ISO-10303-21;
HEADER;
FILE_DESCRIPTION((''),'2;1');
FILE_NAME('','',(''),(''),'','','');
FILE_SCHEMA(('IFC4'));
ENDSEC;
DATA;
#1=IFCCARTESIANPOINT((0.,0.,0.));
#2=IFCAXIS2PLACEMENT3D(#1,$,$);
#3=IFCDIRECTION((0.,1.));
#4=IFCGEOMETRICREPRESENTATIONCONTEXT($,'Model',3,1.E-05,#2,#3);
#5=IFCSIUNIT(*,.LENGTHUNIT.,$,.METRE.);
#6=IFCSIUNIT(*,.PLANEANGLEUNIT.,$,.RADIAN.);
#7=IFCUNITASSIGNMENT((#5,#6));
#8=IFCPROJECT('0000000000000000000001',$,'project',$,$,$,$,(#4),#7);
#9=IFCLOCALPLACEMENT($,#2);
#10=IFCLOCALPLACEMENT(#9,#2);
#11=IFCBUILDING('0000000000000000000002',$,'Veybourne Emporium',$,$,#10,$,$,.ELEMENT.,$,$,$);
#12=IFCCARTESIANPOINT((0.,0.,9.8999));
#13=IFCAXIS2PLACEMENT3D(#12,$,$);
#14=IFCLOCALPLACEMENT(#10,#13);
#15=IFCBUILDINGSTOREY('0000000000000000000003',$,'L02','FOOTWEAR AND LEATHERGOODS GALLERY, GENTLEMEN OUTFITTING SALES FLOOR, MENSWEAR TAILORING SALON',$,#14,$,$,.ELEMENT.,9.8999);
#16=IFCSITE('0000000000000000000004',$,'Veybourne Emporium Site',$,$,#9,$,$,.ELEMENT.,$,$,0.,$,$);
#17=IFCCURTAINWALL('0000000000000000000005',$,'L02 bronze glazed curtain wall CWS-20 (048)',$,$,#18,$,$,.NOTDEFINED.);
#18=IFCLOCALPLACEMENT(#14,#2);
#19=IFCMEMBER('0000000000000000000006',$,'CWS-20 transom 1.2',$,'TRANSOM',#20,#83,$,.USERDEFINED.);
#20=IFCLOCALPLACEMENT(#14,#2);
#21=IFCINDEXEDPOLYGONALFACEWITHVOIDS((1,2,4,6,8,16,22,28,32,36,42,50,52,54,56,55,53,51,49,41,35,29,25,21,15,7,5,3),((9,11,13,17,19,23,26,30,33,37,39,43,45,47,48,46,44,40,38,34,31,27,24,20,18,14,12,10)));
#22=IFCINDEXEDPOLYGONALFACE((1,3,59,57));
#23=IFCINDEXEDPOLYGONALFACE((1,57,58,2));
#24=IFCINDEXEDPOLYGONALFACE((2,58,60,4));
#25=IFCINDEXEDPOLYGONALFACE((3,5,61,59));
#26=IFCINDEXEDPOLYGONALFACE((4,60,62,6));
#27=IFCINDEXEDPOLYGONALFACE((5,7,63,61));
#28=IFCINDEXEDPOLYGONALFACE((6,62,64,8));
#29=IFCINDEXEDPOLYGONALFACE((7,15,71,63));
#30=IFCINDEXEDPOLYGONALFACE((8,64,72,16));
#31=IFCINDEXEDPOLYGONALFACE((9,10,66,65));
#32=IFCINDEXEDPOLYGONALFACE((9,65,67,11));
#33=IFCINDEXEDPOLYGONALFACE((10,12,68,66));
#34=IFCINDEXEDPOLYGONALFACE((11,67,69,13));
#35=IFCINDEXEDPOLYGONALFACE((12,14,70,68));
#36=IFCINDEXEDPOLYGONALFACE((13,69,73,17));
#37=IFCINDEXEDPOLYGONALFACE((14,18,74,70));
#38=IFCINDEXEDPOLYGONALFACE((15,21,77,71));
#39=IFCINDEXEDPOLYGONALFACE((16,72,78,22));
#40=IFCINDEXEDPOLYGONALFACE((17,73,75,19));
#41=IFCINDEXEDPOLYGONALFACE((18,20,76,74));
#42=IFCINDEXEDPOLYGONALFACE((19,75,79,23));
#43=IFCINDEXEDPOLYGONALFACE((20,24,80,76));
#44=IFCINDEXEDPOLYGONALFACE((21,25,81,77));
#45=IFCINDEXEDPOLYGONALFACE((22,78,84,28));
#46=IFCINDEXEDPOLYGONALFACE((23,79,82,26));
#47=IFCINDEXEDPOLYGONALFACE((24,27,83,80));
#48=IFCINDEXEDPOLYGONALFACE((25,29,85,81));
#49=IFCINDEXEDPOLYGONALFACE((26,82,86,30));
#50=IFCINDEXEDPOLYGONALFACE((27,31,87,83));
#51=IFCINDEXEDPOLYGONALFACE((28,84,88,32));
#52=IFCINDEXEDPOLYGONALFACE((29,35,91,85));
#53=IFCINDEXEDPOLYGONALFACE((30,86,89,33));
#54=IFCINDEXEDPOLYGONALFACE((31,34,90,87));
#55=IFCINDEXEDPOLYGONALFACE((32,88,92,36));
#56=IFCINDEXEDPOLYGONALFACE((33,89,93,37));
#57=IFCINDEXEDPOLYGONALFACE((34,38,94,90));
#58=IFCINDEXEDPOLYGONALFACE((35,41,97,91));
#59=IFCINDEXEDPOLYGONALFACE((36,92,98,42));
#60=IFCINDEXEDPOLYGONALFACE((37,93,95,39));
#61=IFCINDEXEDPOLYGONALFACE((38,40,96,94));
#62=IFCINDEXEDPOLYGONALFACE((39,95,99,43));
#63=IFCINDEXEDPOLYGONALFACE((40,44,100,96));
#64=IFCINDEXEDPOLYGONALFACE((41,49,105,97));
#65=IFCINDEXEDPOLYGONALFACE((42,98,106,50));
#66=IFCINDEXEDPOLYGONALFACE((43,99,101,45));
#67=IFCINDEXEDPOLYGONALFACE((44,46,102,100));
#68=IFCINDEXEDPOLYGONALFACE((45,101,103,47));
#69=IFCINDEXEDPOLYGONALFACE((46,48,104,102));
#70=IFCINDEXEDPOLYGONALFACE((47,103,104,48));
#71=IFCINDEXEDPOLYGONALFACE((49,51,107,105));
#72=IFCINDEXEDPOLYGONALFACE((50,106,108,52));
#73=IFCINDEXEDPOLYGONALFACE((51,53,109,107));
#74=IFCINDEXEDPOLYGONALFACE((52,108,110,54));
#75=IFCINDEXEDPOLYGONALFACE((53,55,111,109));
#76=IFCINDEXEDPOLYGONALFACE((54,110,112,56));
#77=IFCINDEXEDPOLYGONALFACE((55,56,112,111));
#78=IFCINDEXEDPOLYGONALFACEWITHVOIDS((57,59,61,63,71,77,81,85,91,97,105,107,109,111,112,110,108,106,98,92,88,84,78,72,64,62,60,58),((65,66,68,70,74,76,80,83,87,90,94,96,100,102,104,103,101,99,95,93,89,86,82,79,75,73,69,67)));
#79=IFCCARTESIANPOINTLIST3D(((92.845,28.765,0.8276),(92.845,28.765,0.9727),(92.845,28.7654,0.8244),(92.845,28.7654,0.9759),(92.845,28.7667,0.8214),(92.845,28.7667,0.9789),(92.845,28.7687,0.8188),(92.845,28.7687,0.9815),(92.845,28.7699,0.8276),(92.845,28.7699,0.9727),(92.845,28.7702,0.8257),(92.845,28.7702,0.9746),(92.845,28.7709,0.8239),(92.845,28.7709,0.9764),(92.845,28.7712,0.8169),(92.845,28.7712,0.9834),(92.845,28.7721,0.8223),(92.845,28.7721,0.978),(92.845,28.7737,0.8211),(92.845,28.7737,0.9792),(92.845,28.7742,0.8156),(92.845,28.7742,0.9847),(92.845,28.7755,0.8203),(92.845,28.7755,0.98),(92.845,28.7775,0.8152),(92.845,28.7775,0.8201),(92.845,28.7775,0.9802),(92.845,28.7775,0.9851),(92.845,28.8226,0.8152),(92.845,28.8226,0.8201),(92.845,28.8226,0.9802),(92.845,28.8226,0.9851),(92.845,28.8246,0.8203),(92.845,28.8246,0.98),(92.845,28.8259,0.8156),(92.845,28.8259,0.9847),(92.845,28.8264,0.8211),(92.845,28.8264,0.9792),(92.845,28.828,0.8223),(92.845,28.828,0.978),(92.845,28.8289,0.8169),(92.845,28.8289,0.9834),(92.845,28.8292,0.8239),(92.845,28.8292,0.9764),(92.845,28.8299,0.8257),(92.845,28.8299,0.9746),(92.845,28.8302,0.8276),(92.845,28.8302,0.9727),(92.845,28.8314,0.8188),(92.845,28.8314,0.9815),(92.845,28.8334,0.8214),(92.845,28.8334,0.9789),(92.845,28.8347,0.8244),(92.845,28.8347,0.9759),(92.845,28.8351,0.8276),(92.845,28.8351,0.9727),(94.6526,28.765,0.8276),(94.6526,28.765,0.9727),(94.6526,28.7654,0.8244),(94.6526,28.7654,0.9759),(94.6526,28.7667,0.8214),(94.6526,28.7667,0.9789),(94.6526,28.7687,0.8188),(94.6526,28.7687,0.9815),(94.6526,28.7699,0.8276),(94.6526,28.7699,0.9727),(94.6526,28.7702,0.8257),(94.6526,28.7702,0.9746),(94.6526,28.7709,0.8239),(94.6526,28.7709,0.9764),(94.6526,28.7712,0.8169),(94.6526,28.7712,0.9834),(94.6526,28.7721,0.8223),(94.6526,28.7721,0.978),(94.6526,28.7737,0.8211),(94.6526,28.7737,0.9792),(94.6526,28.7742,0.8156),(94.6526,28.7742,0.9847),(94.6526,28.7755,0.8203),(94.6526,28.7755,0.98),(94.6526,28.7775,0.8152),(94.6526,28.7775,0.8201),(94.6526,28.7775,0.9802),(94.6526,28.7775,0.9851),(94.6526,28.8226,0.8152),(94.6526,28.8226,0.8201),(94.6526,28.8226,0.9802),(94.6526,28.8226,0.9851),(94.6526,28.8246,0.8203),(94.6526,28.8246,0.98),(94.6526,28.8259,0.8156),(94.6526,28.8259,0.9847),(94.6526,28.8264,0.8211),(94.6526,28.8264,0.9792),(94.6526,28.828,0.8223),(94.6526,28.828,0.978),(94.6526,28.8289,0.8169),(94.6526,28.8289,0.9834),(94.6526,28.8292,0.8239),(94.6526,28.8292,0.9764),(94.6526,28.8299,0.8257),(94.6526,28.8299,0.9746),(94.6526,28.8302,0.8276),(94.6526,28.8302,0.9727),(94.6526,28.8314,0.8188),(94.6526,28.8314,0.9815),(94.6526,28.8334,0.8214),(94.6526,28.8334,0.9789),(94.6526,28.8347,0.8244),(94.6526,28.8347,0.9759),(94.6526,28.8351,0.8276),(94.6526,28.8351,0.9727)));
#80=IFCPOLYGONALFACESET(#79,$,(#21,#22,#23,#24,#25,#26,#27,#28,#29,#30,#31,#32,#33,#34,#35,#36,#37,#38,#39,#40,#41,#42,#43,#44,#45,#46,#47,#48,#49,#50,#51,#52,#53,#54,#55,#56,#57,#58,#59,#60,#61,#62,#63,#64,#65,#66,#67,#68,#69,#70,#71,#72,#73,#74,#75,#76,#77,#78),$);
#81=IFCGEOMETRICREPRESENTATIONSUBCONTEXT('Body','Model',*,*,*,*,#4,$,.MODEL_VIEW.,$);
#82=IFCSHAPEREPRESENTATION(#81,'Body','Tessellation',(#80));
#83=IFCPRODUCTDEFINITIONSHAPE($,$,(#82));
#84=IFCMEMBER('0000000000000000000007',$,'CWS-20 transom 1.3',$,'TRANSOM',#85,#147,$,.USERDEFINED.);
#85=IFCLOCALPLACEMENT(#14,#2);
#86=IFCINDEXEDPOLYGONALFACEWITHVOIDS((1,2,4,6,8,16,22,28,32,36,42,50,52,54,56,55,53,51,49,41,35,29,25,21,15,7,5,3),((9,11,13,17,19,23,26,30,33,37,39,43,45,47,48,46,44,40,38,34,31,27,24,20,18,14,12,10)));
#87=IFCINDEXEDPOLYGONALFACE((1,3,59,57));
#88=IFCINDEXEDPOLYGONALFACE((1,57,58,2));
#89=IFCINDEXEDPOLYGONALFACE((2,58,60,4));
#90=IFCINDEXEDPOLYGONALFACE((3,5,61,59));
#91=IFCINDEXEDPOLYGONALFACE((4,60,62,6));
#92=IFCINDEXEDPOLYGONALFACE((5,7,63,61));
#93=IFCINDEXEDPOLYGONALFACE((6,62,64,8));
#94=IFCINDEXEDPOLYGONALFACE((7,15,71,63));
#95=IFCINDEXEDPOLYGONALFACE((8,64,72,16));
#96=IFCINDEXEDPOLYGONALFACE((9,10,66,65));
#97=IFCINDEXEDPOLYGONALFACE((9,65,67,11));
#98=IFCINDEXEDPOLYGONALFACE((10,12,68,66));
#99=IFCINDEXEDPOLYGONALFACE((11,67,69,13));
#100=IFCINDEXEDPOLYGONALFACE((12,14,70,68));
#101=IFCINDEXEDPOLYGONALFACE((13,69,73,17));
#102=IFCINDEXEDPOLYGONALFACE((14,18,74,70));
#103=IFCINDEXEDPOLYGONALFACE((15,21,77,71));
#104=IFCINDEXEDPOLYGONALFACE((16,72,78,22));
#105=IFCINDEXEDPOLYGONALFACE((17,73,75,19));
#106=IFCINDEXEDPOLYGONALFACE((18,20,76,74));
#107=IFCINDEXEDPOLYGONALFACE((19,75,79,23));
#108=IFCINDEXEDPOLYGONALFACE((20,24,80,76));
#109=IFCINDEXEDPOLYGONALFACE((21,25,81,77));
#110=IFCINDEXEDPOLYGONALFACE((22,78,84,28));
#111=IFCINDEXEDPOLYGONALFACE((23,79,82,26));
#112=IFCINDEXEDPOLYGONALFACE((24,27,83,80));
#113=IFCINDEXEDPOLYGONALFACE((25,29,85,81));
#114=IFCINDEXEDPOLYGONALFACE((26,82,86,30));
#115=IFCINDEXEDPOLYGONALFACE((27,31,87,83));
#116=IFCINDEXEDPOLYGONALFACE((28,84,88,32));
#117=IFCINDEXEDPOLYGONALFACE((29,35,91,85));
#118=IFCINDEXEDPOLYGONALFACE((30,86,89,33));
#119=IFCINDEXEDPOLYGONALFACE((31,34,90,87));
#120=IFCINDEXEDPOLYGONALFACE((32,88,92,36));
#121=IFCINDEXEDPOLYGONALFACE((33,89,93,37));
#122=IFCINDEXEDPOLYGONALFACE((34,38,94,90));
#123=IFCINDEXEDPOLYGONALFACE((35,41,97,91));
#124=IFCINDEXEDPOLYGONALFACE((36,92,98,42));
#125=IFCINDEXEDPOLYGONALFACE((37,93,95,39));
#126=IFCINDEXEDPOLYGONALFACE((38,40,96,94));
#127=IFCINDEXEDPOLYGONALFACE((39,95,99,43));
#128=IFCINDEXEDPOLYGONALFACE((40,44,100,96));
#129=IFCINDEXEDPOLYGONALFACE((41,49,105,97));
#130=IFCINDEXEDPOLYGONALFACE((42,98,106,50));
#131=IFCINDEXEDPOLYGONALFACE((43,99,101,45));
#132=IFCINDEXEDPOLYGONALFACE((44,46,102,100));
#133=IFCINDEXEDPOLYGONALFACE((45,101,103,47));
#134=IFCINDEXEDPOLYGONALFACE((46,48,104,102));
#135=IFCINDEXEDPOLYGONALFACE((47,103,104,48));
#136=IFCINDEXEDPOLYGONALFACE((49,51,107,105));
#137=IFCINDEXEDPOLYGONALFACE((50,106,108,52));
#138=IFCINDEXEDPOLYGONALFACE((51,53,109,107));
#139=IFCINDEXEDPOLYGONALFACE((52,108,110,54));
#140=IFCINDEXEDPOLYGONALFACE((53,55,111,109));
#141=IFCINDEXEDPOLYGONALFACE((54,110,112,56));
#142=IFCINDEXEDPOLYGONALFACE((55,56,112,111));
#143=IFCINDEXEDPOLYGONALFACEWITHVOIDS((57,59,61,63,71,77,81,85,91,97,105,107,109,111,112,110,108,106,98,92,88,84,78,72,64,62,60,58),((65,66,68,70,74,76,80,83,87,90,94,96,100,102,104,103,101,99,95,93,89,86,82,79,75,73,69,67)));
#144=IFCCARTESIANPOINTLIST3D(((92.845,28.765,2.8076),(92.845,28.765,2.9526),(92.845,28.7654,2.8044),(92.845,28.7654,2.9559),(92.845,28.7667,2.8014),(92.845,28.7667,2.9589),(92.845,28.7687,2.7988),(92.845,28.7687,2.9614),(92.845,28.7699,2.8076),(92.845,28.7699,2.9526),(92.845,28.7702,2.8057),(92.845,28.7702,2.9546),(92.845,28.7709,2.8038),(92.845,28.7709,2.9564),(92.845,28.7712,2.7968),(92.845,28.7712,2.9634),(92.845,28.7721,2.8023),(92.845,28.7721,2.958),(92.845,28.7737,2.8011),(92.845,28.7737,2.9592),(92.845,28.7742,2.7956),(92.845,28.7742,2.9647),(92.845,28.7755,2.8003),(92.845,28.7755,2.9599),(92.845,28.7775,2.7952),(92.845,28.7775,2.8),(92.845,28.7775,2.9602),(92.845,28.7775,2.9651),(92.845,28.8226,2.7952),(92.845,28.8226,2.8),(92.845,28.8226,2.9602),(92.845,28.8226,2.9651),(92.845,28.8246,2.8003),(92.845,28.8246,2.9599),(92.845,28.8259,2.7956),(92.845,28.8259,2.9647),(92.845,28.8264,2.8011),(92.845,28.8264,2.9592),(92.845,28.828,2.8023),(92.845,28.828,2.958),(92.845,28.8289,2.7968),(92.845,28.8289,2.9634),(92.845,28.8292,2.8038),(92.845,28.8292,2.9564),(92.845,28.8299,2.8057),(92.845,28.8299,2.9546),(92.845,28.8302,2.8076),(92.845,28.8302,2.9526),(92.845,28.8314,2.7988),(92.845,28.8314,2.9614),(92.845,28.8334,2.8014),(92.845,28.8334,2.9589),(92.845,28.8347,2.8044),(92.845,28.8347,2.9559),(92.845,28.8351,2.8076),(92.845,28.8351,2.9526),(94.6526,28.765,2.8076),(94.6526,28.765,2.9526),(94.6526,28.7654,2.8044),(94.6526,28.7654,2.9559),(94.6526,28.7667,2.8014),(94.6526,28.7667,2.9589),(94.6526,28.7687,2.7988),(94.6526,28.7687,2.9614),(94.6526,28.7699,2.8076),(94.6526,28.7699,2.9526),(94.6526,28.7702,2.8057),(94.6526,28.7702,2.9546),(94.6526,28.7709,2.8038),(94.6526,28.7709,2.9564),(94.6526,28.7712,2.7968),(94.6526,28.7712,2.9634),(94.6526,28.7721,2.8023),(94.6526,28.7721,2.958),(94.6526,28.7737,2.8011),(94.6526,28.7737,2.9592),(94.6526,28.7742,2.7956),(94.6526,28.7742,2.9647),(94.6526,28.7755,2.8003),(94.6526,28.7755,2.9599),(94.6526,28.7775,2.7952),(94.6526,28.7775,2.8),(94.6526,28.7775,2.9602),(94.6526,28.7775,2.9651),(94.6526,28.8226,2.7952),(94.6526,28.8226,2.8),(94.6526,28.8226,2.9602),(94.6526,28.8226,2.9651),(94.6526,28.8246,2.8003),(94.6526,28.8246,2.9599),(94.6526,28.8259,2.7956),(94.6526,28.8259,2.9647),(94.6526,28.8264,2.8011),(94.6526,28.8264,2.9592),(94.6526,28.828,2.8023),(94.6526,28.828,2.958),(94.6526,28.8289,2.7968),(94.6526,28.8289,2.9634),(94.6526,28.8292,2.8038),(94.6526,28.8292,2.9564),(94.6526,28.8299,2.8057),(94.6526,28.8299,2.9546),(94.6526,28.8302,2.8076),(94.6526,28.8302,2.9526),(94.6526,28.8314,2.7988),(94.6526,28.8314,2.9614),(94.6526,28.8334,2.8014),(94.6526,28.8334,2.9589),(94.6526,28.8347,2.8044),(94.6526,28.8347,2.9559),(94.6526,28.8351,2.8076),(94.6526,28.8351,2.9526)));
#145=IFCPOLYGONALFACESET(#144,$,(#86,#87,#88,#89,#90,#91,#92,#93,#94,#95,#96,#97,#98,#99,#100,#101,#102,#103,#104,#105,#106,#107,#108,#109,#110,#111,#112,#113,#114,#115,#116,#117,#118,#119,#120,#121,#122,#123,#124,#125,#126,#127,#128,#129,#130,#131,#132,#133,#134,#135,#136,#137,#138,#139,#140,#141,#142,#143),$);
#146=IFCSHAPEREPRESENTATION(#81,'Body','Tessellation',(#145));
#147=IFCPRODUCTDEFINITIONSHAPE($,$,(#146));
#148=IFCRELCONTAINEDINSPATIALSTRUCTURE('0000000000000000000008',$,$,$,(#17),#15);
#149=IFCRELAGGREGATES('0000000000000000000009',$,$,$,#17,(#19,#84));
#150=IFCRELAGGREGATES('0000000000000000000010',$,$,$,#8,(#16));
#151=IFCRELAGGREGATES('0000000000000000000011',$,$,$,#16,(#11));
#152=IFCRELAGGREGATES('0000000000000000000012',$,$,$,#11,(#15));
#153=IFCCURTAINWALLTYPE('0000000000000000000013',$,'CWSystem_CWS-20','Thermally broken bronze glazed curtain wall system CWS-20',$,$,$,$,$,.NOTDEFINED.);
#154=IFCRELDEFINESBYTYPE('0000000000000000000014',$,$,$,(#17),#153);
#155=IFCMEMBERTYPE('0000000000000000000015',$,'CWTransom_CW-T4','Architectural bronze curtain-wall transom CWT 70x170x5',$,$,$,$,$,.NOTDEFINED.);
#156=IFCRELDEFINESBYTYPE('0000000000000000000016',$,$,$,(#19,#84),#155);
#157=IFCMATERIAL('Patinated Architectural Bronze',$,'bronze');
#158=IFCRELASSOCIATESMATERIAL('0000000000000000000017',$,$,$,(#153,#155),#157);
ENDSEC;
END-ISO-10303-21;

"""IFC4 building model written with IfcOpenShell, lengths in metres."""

from ifc_helpers import new_model, si_unit, direction, frame, origin, origin_2d, place, context, subcontext, project, spatial, hollow_rectangle, extrude, material, material_profile, profile_set, type_object, element, aggregate, save


model = new_model("IFC4")

# Units and contexts
model_context = context("Model", 3, precision=1e-05, world=origin(), true_north=direction((0.0, 1.0)))
body_context = subcontext(model_context, "Body", "Model", "MODEL_VIEW")
ifc_project = project(units=[si_unit("LENGTHUNIT", "METRE"), si_unit("PLANEANGLEUNIT", "RADIAN")], contexts=[model_context])

# Site, building, storey
site_placement = place(None, origin())
site = spatial("IfcSite", under=ifc_project, at=site_placement, Name="Veybourne Emporium Site", CompositionType="ELEMENT", RefElevation=0.0)
building_placement = place(site_placement, origin())
building = spatial("IfcBuilding", under=site, at=building_placement, Name="Veybourne Emporium", CompositionType="ELEMENT")
storey_placement = place(building_placement, frame((0.0, 0.0, 9.8999)))
storey = spatial("IfcBuildingStorey", under=building, at=storey_placement, Name="L02", Description="FOOTWEAR AND LEATHERGOODS GALLERY, GENTLEMEN OUTFITTING SALES FLOOR, MENSWEAR TAILORING SALON", CompositionType="ELEMENT", Elevation=9.8999)

# Curtain wall, members
ifc_material_1 = material(Name="Patinated Architectural Bronze", Category="bronze")
curtain_wall_type = type_object("IfcCurtainWallType", Name="CWSystem_CWS-20", Description="Thermally broken bronze glazed curtain wall system CWS-20", PredefinedType="NOTDEFINED", material=ifc_material_1)
curtain_wall_placement = place(storey_placement, origin())
curtain_wall = element("IfcCurtainWall", 1, at=curtain_wall_placement, inside=storey, type_object=curtain_wall_type, Name="L02 bronze glazed curtain wall CWS-20 (048)", PredefinedType="NOTDEFINED")
ifc_material_profile_1 = material_profile(ifc_material_1, hollow_rectangle(XDim=0.0701, YDim=0.1699, WallThickness=0.0049, InnerFilletRadius=0.0076, OuterFilletRadius=0.0125, at=origin_2d()), Name="CWT 70x170x5")
ifc_profile_set_1 = profile_set([ifc_material_profile_1], Name="Patinated Architectural Bronze")
member_type_1 = type_object("IfcMemberType", Name="CWTransom_CW-T4", Description="Architectural bronze curtain-wall transom CWT 70x170x5", PredefinedType="NOTDEFINED", material=ifc_profile_set_1)
member_1_placement = place(storey_placement, frame((92.845, 28.8, 0.9001), z_axis=(1.0, 0.0, 0.0), x_axis=(0.0, 1.0, 0.0)))
member_1 = element("IfcMember", 2, at=member_1_placement, type_object=member_type_1, Name="CWS-20 transom 1.2", ObjectType="TRANSOM", PredefinedType="USERDEFINED", context=body_context, shape_type="SweptSolid", body=[
    extrude(hollow_rectangle(XDim=0.0701, YDim=0.1699, WallThickness=0.0049, InnerFilletRadius=0.0076, OuterFilletRadius=0.0125, at=origin_2d()), origin(), (0.0, 0.0, 1.0), 1.8076),
])
member_2_placement = place(storey_placement, frame((92.845, 28.8, 2.8801), z_axis=(1.0, 0.0, 0.0), x_axis=(0.0, 1.0, 0.0)))
member_2 = element("IfcMember", 3, at=member_2_placement, type_object=member_type_1, Name="CWS-20 transom 1.3", ObjectType="TRANSOM", PredefinedType="USERDEFINED", context=body_context, shape_type="SweptSolid", body=[
    extrude(hollow_rectangle(XDim=0.0701, YDim=0.1699, WallThickness=0.0049, InnerFilletRadius=0.0076, OuterFilletRadius=0.0125, at=origin_2d()), origin(), (0.0, 0.0, 1.0), 1.8076),
])

aggregate(curtain_wall, [member_1, member_2])

save(model, "model.ifc")
